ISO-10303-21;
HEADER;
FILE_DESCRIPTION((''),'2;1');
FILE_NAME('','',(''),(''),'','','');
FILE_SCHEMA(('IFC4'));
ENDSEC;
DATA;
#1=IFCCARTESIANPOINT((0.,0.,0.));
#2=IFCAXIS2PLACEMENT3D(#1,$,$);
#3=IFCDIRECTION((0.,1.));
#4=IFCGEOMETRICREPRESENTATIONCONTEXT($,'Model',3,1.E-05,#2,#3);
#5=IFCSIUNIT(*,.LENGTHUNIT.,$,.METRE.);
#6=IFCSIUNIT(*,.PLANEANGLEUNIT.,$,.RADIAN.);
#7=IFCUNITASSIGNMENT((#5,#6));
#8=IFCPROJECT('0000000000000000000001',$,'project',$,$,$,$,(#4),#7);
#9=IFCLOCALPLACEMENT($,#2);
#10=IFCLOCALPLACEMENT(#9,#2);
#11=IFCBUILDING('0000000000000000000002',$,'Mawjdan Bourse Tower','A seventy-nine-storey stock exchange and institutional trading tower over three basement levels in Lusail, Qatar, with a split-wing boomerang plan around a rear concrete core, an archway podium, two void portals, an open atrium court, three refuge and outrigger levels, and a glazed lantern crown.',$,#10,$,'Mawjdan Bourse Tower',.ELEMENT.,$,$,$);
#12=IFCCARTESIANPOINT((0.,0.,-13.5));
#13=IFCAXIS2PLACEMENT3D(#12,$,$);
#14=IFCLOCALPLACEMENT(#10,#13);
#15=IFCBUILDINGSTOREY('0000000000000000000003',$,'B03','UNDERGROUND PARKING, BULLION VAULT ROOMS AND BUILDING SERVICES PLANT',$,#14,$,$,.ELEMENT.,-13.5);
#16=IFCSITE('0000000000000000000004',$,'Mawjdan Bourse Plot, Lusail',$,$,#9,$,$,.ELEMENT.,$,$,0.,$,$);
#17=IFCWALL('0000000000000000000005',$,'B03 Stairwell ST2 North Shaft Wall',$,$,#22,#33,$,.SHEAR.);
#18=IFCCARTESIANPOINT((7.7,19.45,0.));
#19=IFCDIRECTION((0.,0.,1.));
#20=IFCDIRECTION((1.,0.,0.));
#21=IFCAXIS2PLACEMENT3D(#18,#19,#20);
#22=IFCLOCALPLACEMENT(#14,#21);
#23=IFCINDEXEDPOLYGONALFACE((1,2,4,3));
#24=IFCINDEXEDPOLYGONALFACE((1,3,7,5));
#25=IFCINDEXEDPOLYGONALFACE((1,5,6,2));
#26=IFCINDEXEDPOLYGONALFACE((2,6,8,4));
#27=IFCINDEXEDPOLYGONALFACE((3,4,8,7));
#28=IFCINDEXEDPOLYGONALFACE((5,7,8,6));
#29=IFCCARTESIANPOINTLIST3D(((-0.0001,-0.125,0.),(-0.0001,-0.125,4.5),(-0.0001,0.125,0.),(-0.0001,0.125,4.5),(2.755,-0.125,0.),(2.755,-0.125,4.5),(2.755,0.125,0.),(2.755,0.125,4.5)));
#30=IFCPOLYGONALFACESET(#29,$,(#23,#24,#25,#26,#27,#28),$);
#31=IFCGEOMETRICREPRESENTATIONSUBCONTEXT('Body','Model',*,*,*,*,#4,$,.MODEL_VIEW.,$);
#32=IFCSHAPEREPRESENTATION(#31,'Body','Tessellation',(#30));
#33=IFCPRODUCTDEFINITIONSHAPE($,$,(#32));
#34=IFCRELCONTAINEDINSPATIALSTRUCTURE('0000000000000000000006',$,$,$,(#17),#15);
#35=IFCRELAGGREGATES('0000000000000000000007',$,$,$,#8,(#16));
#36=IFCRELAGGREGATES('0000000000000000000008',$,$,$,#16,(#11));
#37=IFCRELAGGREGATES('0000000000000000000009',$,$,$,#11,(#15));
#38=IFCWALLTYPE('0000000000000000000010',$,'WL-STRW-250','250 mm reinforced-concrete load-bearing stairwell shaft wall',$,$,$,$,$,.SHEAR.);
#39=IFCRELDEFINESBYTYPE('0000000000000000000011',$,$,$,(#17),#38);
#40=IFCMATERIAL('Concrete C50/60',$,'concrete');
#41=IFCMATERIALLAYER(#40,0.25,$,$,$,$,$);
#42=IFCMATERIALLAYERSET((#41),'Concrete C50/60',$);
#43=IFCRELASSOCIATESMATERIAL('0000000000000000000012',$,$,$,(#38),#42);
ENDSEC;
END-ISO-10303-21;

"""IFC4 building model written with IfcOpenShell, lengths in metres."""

from ifc_helpers import new_model, si_unit, direction, frame, frame_2d, origin, place, context, subcontext, project, spatial, rectangle, extrude, material, layer, layer_set, type_object, element, save


model = new_model("IFC4")

# Units and contexts
model_context = context("Model", 3, precision=1e-05, world=origin(), true_north=direction((0.0, 1.0)))
body_context = subcontext(model_context, "Body", "Model", "MODEL_VIEW")
ifc_project = project(units=[si_unit("LENGTHUNIT", "METRE"), si_unit("PLANEANGLEUNIT", "RADIAN")], contexts=[model_context])

# Site, building, storey
site_placement = place(None, origin())
site = spatial("IfcSite", under=ifc_project, at=site_placement, Name="Mawjdan Bourse Plot, Lusail", CompositionType="ELEMENT", RefElevation=0.0)
building_placement = place(site_placement, origin())
building = spatial("IfcBuilding", under=site, at=building_placement, Name="Mawjdan Bourse Tower", Description="A seventy-nine-storey stock exchange and institutional trading tower over three basement levels in Lusail, Qatar, with a split-wing boomerang plan around a rear concrete core, an archway podium, two void portals, an open atrium court, three refuge and outrigger levels, and a glazed lantern crown.", LongName="Mawjdan Bourse Tower", CompositionType="ELEMENT")
storey_placement = place(building_placement, frame((0.0, 0.0, -13.5)))
storey = spatial("IfcBuildingStorey", under=building, at=storey_placement, Name="B03", Description="UNDERGROUND PARKING, BULLION VAULT ROOMS AND BUILDING SERVICES PLANT", CompositionType="ELEMENT", Elevation=-13.5)

# Wall
ifc_material_1 = material(Name="Concrete C50/60", Category="concrete")
ifc_layer_1 = layer(ifc_material_1, 0.25)
ifc_layer_set_1 = layer_set([ifc_layer_1], Name="Concrete C50/60")
wall_type_1 = type_object("IfcWallType", Name="WL-STRW-250", Description="250 mm reinforced-concrete load-bearing stairwell shaft wall", PredefinedType="SHEAR", material=ifc_layer_set_1)
wall_1_placement = place(storey_placement, frame((7.7, 19.45, 0.0), z_axis=(0.0, 0.0, 1.0), x_axis=(1.0, 0.0, 0.0)))
element("IfcWall", 1, at=wall_1_placement, inside=storey, type_object=wall_type_1, Name="B03 Stairwell ST2 North Shaft Wall", PredefinedType="SHEAR", context=body_context, shape_type="SweptSolid", body=[
    extrude(rectangle(XDim=2.7551, YDim=0.25, at=frame_2d((1.3774, 0.0))), origin(), (0.0, 0.0, 1.0), 4.5),
])

save(model, "model.ifc")
